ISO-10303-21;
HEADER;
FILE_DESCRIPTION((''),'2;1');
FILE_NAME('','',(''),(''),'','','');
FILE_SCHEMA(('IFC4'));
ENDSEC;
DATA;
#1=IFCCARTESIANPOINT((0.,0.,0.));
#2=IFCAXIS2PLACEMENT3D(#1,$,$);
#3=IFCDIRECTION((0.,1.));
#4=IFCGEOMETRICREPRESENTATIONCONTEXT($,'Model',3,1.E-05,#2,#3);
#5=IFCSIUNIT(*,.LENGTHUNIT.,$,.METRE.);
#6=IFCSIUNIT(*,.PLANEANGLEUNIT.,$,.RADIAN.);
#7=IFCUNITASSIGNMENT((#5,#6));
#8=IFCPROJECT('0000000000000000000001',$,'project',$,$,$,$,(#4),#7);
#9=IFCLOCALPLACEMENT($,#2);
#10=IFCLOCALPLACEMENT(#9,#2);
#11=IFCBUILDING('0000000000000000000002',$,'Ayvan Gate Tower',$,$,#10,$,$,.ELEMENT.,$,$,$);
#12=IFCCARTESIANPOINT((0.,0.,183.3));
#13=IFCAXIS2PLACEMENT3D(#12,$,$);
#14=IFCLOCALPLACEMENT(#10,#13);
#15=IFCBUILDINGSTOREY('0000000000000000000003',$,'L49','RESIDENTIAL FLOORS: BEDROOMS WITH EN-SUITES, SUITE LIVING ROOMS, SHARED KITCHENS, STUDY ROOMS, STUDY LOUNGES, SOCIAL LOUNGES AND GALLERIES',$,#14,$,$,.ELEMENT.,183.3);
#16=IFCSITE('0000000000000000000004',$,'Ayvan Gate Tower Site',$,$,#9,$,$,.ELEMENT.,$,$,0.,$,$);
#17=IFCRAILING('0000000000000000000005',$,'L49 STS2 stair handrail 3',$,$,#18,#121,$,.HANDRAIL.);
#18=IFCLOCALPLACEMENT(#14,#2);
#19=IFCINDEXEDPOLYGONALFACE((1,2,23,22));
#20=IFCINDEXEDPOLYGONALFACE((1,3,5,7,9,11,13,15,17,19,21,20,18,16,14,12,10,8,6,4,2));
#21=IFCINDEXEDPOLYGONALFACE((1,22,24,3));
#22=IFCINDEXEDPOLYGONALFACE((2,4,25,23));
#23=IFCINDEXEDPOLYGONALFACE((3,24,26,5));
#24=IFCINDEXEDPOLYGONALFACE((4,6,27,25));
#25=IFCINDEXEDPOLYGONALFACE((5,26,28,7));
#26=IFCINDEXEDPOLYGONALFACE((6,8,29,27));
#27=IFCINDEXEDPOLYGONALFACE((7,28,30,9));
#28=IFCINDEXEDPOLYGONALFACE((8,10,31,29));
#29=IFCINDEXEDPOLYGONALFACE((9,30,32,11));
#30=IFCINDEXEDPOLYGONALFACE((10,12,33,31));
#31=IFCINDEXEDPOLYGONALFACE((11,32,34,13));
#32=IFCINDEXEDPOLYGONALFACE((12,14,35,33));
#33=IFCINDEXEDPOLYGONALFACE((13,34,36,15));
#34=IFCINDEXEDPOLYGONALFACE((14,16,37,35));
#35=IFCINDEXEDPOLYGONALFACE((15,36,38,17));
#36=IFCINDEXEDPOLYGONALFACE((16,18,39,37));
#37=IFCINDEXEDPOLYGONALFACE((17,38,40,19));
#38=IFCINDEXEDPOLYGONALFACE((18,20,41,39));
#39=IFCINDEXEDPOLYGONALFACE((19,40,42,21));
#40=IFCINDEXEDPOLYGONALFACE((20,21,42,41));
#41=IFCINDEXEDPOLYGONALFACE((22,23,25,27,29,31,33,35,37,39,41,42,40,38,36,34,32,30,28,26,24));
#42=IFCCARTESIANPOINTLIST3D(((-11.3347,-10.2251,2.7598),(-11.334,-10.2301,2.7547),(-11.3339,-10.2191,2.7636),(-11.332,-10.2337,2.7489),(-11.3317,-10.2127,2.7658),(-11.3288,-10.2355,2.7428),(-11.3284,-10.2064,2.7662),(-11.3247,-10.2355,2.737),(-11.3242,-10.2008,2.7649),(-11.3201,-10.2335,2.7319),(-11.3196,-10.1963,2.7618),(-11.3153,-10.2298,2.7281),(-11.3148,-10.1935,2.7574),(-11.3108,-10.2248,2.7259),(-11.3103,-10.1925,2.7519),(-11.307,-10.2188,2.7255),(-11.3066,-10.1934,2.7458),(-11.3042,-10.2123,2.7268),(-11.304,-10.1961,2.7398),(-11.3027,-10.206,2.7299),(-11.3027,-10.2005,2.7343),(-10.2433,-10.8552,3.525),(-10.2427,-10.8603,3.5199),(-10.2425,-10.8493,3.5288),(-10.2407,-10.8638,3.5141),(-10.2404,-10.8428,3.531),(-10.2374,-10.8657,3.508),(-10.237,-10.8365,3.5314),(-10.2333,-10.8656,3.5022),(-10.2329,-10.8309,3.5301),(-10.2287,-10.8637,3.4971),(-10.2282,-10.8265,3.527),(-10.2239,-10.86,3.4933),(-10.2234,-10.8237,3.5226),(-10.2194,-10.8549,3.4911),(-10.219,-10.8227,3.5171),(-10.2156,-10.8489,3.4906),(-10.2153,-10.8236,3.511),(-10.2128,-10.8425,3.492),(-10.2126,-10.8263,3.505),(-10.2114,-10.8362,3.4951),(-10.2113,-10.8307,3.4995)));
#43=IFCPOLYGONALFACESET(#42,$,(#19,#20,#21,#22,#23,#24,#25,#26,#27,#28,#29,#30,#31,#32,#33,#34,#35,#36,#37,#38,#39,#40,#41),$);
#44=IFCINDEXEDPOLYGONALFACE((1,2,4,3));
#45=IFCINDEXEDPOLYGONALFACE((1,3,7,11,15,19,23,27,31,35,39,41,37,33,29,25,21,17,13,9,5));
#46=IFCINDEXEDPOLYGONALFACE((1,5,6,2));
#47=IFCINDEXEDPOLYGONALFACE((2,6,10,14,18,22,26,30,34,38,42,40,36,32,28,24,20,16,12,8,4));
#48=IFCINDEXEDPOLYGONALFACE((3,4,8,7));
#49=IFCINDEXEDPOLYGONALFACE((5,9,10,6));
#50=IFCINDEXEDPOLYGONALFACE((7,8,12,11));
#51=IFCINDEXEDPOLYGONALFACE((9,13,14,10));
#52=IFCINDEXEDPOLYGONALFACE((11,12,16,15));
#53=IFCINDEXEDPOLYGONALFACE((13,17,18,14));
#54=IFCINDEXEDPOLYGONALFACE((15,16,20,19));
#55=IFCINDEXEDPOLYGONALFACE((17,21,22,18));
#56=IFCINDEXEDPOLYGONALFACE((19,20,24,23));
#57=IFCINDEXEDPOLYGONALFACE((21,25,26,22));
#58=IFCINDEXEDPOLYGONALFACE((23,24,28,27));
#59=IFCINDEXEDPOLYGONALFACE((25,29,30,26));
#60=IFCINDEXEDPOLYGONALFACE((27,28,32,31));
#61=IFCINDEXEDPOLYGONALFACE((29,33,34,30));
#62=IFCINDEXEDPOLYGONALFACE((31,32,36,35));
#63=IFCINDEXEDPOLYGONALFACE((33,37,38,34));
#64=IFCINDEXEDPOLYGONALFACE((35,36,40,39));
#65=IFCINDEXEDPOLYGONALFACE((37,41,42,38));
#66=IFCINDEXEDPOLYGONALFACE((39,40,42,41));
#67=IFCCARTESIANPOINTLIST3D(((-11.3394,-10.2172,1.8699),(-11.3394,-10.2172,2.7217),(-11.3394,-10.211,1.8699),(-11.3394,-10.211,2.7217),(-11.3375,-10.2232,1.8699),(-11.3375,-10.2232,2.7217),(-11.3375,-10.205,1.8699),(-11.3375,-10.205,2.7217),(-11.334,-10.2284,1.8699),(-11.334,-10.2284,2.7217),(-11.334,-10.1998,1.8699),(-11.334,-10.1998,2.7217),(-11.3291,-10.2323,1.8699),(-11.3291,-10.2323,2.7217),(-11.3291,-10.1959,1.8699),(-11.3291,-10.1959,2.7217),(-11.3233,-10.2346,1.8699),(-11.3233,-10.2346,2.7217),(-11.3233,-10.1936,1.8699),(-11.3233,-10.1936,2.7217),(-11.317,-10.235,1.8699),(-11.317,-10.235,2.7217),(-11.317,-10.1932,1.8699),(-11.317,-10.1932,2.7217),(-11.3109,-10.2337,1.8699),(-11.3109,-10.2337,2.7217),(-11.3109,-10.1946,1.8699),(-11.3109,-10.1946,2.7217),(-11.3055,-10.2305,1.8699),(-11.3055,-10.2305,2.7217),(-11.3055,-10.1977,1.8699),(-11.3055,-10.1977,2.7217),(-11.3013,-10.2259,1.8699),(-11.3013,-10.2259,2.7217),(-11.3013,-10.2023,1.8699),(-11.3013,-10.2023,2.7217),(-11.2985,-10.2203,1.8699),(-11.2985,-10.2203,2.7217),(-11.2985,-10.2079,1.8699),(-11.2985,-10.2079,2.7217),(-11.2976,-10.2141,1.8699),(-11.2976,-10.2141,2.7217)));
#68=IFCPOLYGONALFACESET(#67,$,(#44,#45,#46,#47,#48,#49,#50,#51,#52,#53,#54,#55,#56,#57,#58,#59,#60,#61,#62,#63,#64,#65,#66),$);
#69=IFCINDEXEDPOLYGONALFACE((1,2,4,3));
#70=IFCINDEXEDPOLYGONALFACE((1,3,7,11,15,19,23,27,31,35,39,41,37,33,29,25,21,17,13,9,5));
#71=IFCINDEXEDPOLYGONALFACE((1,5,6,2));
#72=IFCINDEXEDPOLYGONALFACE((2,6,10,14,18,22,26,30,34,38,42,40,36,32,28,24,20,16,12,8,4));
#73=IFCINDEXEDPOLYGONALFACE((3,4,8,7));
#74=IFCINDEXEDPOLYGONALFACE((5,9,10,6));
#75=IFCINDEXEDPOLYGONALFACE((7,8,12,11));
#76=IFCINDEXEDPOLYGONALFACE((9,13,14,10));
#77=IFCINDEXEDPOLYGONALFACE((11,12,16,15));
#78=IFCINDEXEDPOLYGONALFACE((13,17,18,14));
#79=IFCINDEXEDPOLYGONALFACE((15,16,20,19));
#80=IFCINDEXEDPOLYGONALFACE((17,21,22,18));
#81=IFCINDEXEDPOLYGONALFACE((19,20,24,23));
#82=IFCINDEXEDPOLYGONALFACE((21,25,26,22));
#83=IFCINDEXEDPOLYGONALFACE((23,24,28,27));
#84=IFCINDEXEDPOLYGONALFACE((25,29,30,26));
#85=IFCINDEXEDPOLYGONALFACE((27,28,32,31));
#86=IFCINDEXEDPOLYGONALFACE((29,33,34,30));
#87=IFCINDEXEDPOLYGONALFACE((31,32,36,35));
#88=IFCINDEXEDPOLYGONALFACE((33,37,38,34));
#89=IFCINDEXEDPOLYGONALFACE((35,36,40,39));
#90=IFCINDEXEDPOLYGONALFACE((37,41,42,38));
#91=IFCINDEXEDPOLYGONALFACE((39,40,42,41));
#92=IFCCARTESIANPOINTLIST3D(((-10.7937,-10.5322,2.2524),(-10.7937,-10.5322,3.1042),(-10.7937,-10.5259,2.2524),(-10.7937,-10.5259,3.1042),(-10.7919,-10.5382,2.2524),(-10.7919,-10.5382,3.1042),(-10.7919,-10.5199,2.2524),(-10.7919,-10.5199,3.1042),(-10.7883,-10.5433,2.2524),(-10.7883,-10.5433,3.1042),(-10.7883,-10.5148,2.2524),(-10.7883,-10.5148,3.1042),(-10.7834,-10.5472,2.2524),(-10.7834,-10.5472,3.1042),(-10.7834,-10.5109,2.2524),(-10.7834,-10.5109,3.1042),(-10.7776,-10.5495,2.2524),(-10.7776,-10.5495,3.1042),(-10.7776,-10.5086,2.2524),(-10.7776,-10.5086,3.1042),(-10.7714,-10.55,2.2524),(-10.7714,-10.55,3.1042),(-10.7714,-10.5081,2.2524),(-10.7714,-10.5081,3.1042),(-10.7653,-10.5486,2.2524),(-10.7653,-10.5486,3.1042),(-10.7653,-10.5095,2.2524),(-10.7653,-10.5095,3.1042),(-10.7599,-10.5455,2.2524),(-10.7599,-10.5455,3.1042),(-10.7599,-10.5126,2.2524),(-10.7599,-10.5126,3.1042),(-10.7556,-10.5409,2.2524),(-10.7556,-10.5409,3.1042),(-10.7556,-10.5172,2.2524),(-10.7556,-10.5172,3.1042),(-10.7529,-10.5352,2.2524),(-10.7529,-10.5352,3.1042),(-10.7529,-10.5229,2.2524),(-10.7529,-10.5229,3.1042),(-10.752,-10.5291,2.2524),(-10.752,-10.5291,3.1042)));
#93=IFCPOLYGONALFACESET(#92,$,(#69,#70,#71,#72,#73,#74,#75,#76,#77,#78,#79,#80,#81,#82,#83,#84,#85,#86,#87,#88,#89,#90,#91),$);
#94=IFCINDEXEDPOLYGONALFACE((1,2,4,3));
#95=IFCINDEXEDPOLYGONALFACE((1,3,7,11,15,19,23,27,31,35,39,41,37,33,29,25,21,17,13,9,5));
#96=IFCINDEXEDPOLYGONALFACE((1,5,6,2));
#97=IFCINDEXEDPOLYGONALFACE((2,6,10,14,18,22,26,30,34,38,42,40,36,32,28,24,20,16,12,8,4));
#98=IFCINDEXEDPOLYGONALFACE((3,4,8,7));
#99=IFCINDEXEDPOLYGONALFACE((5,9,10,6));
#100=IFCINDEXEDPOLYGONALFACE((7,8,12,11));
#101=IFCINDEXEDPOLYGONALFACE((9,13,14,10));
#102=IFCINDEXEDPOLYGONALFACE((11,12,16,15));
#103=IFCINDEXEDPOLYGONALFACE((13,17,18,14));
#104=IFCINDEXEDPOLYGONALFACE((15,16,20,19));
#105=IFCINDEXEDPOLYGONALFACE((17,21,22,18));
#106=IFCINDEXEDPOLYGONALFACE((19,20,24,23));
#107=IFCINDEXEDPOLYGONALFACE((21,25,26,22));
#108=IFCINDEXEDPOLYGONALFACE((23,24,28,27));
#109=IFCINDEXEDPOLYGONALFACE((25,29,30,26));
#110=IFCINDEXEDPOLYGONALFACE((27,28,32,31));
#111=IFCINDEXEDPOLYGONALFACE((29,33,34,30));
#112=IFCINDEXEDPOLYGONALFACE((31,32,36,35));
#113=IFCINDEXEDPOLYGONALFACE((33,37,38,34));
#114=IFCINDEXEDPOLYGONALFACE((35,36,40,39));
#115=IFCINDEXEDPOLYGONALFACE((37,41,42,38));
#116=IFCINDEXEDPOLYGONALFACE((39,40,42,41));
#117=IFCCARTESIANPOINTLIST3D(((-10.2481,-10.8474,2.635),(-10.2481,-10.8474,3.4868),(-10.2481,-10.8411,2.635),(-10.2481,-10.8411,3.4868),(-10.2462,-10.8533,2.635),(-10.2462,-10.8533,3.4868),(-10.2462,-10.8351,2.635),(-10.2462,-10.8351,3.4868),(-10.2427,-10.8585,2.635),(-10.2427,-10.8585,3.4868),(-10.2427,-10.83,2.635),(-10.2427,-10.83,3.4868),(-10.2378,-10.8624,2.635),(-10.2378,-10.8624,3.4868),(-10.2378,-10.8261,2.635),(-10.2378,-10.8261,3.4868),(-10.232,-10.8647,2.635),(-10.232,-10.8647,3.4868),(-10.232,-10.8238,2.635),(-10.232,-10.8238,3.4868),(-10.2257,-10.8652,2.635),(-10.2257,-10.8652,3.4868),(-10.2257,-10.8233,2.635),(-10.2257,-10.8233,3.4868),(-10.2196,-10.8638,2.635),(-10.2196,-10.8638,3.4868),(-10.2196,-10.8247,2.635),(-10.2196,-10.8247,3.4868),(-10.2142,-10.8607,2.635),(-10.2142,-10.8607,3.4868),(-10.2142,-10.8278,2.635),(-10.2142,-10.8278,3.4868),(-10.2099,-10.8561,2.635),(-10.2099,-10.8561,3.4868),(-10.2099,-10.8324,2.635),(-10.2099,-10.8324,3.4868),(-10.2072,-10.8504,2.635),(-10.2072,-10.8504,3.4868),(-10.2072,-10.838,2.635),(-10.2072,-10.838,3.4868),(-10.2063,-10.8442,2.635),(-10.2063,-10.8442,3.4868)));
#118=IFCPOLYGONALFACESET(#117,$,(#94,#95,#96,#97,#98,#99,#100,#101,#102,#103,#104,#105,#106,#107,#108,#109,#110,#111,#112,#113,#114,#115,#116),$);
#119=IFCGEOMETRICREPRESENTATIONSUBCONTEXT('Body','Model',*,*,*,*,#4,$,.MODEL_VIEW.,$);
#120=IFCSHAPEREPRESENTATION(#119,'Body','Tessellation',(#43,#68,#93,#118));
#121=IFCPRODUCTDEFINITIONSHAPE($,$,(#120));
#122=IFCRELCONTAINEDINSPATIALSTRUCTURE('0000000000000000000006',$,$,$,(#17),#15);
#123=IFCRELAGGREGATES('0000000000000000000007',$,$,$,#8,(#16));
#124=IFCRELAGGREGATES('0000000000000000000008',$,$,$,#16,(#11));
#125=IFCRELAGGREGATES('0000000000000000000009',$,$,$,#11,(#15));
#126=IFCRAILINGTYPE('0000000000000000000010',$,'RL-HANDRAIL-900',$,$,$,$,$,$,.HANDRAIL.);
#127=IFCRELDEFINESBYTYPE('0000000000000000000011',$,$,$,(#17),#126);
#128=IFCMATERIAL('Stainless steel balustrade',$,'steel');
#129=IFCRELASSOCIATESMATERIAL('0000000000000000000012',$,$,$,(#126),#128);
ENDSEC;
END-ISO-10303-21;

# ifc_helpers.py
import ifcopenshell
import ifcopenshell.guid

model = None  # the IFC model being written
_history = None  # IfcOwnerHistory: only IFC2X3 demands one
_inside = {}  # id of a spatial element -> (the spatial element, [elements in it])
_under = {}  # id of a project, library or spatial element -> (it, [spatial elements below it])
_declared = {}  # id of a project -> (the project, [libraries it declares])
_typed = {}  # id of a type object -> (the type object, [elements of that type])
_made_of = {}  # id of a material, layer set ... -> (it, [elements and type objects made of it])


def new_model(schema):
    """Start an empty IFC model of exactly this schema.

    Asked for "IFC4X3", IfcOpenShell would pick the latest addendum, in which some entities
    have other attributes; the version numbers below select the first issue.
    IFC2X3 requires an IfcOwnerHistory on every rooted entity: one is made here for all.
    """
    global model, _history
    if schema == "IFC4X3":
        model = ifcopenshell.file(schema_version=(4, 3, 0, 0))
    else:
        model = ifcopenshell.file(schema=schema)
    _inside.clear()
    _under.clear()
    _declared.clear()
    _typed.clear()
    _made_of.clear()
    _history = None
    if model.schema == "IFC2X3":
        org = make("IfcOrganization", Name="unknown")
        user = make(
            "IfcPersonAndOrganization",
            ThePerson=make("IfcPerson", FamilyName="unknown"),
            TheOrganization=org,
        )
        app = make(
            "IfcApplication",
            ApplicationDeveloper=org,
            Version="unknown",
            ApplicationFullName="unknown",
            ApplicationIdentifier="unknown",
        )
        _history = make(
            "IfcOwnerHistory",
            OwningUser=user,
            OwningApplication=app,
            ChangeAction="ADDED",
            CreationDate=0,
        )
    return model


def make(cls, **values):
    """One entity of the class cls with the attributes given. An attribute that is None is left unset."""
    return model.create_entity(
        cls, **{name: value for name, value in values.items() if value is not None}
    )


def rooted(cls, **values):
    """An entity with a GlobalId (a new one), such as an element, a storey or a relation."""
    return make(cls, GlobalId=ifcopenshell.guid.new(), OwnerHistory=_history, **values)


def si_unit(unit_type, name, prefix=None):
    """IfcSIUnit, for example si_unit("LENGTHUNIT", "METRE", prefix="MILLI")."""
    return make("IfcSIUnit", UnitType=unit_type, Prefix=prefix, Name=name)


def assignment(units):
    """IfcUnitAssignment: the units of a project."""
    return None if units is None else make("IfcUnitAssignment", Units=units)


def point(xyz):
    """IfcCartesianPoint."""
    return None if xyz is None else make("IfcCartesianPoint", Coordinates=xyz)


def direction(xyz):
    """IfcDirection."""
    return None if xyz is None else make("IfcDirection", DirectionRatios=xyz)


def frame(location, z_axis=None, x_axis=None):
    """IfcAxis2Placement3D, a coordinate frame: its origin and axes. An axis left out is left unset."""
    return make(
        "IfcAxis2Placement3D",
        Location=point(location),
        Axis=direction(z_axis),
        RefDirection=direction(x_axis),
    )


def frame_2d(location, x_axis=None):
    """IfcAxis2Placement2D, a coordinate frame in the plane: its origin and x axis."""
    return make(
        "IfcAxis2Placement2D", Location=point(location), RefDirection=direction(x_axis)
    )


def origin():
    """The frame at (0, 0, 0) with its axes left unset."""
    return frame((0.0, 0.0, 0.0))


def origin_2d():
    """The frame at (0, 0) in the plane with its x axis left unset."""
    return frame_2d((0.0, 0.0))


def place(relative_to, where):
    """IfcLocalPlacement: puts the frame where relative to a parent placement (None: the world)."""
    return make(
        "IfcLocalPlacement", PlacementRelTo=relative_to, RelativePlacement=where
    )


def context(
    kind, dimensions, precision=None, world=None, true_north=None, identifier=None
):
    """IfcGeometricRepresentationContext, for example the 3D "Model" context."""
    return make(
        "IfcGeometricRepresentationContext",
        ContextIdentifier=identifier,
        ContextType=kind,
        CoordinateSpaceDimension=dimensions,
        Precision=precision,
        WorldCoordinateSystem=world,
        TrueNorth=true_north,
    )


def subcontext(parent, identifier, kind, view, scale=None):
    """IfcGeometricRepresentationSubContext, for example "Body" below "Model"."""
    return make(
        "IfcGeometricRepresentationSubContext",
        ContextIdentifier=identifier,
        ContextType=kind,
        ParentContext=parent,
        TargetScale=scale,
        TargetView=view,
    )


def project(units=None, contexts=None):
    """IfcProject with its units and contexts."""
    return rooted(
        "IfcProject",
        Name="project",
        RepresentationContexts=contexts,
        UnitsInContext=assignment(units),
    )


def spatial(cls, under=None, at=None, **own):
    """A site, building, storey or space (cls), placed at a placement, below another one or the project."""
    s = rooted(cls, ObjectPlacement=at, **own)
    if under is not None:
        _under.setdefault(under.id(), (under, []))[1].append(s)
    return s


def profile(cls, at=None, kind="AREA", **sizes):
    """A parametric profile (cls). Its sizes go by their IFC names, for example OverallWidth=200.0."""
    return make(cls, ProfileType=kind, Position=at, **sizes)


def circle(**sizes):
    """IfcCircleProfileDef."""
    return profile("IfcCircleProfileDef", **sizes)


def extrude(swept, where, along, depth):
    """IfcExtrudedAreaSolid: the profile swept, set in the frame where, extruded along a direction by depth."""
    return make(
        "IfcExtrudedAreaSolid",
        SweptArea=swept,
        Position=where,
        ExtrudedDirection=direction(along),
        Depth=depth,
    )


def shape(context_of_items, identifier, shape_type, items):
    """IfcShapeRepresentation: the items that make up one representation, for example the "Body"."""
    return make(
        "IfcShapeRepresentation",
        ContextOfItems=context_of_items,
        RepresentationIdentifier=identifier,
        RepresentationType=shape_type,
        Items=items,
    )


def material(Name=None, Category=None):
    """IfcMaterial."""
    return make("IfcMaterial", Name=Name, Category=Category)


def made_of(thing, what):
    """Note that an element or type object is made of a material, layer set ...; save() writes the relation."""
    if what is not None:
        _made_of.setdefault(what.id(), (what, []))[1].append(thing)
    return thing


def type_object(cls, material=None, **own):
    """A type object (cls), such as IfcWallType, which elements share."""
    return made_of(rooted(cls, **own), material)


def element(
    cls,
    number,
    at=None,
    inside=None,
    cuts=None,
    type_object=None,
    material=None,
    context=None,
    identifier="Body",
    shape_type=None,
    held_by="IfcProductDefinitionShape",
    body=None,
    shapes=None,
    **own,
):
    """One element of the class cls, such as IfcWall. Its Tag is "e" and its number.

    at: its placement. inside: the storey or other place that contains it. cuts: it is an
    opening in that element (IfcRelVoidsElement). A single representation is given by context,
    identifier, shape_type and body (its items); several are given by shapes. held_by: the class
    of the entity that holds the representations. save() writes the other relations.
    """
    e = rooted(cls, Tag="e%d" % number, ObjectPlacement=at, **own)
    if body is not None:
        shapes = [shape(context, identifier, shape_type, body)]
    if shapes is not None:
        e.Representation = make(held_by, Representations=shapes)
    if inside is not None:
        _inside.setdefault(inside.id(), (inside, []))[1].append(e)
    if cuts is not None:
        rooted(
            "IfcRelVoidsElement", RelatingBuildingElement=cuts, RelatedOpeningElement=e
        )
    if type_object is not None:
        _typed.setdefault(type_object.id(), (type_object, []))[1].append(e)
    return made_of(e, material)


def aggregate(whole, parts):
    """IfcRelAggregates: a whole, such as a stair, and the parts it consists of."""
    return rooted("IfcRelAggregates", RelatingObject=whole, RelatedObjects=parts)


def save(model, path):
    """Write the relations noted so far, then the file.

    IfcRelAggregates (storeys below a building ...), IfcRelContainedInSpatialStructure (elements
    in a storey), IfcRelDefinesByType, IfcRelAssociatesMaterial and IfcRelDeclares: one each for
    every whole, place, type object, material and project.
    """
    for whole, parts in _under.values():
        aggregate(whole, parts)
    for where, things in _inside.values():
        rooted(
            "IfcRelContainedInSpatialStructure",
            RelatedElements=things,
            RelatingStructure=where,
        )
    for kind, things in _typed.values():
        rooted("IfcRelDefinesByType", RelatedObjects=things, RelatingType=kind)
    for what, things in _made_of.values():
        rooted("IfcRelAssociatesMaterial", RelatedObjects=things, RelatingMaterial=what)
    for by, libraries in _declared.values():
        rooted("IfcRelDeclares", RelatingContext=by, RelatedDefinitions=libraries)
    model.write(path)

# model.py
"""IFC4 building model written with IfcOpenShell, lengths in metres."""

from ifc_helpers import new_model, si_unit, direction, frame, origin, origin_2d, place, context, subcontext, project, spatial, circle, extrude, material, type_object, element, save


model = new_model("IFC4")

# Units and contexts
model_context = context("Model", 3, precision=1e-05, world=origin(), true_north=direction((0.0, 1.0)))
body_context = subcontext(model_context, "Body", "Model", "MODEL_VIEW")
ifc_project = project(units=[si_unit("LENGTHUNIT", "METRE"), si_unit("PLANEANGLEUNIT", "RADIAN")], contexts=[model_context])

# Site, building, storey
site_placement = place(None, origin())
site = spatial("IfcSite", under=ifc_project, at=site_placement, Name="Ayvan Gate Tower Site", CompositionType="ELEMENT", RefElevation=0.0)
building_placement = place(site_placement, origin())
building = spatial("IfcBuilding", under=site, at=building_placement, Name="Ayvan Gate Tower", CompositionType="ELEMENT")
storey_placement = place(building_placement, frame((0.0, 0.0, 183.3)))
storey = spatial("IfcBuildingStorey", under=building, at=storey_placement, Name="L49", Description="RESIDENTIAL FLOORS: BEDROOMS WITH EN-SUITES, SUITE LIVING ROOMS, SHARED KITCHENS, STUDY ROOMS, STUDY LOUNGES, SOCIAL LOUNGES AND GALLERIES", CompositionType="ELEMENT", Elevation=183.3)

# Railing
ifc_material_1 = material(Name="Stainless steel balustrade", Category="steel")
railing_type_1 = type_object("IfcRailingType", Name="RL-HANDRAIL-900", PredefinedType="HANDRAIL", material=ifc_material_1)
railing_1_placement = place(storey_placement, frame((-11.3186, -10.2141, 1.8699)))
element("IfcRailing", 1, at=railing_1_placement, inside=storey, type_object=railing_type_1, Name="L49 STS2 stair handrail 3", PredefinedType="HANDRAIL", context=body_context, shape_type="SweptSolid", body=[
    extrude(circle(Radius=0.0239, at=origin_2d()), frame((0.0, 0.0, 0.876), z_axis=(0.740241, -0.427419, 0.518996), x_axis=(0.500035, 0.866005, 0.0)), (0.0, 0.0, 1.0), 1.4744),
    extrude(circle(Radius=0.021, at=origin_2d()), origin(), (0.0, 0.0, 1.0), 0.8518),
    extrude(circle(Radius=0.021, at=origin_2d()), frame((0.5457, -0.3149, 0.3826)), (0.0, 0.0, 1.0), 0.8518),
    extrude(circle(Radius=0.021, at=origin_2d()), frame((1.0913, -0.6301, 0.7651)), (0.0, 0.0, 1.0), 0.8518),
])

save(model, "model.ifc")
